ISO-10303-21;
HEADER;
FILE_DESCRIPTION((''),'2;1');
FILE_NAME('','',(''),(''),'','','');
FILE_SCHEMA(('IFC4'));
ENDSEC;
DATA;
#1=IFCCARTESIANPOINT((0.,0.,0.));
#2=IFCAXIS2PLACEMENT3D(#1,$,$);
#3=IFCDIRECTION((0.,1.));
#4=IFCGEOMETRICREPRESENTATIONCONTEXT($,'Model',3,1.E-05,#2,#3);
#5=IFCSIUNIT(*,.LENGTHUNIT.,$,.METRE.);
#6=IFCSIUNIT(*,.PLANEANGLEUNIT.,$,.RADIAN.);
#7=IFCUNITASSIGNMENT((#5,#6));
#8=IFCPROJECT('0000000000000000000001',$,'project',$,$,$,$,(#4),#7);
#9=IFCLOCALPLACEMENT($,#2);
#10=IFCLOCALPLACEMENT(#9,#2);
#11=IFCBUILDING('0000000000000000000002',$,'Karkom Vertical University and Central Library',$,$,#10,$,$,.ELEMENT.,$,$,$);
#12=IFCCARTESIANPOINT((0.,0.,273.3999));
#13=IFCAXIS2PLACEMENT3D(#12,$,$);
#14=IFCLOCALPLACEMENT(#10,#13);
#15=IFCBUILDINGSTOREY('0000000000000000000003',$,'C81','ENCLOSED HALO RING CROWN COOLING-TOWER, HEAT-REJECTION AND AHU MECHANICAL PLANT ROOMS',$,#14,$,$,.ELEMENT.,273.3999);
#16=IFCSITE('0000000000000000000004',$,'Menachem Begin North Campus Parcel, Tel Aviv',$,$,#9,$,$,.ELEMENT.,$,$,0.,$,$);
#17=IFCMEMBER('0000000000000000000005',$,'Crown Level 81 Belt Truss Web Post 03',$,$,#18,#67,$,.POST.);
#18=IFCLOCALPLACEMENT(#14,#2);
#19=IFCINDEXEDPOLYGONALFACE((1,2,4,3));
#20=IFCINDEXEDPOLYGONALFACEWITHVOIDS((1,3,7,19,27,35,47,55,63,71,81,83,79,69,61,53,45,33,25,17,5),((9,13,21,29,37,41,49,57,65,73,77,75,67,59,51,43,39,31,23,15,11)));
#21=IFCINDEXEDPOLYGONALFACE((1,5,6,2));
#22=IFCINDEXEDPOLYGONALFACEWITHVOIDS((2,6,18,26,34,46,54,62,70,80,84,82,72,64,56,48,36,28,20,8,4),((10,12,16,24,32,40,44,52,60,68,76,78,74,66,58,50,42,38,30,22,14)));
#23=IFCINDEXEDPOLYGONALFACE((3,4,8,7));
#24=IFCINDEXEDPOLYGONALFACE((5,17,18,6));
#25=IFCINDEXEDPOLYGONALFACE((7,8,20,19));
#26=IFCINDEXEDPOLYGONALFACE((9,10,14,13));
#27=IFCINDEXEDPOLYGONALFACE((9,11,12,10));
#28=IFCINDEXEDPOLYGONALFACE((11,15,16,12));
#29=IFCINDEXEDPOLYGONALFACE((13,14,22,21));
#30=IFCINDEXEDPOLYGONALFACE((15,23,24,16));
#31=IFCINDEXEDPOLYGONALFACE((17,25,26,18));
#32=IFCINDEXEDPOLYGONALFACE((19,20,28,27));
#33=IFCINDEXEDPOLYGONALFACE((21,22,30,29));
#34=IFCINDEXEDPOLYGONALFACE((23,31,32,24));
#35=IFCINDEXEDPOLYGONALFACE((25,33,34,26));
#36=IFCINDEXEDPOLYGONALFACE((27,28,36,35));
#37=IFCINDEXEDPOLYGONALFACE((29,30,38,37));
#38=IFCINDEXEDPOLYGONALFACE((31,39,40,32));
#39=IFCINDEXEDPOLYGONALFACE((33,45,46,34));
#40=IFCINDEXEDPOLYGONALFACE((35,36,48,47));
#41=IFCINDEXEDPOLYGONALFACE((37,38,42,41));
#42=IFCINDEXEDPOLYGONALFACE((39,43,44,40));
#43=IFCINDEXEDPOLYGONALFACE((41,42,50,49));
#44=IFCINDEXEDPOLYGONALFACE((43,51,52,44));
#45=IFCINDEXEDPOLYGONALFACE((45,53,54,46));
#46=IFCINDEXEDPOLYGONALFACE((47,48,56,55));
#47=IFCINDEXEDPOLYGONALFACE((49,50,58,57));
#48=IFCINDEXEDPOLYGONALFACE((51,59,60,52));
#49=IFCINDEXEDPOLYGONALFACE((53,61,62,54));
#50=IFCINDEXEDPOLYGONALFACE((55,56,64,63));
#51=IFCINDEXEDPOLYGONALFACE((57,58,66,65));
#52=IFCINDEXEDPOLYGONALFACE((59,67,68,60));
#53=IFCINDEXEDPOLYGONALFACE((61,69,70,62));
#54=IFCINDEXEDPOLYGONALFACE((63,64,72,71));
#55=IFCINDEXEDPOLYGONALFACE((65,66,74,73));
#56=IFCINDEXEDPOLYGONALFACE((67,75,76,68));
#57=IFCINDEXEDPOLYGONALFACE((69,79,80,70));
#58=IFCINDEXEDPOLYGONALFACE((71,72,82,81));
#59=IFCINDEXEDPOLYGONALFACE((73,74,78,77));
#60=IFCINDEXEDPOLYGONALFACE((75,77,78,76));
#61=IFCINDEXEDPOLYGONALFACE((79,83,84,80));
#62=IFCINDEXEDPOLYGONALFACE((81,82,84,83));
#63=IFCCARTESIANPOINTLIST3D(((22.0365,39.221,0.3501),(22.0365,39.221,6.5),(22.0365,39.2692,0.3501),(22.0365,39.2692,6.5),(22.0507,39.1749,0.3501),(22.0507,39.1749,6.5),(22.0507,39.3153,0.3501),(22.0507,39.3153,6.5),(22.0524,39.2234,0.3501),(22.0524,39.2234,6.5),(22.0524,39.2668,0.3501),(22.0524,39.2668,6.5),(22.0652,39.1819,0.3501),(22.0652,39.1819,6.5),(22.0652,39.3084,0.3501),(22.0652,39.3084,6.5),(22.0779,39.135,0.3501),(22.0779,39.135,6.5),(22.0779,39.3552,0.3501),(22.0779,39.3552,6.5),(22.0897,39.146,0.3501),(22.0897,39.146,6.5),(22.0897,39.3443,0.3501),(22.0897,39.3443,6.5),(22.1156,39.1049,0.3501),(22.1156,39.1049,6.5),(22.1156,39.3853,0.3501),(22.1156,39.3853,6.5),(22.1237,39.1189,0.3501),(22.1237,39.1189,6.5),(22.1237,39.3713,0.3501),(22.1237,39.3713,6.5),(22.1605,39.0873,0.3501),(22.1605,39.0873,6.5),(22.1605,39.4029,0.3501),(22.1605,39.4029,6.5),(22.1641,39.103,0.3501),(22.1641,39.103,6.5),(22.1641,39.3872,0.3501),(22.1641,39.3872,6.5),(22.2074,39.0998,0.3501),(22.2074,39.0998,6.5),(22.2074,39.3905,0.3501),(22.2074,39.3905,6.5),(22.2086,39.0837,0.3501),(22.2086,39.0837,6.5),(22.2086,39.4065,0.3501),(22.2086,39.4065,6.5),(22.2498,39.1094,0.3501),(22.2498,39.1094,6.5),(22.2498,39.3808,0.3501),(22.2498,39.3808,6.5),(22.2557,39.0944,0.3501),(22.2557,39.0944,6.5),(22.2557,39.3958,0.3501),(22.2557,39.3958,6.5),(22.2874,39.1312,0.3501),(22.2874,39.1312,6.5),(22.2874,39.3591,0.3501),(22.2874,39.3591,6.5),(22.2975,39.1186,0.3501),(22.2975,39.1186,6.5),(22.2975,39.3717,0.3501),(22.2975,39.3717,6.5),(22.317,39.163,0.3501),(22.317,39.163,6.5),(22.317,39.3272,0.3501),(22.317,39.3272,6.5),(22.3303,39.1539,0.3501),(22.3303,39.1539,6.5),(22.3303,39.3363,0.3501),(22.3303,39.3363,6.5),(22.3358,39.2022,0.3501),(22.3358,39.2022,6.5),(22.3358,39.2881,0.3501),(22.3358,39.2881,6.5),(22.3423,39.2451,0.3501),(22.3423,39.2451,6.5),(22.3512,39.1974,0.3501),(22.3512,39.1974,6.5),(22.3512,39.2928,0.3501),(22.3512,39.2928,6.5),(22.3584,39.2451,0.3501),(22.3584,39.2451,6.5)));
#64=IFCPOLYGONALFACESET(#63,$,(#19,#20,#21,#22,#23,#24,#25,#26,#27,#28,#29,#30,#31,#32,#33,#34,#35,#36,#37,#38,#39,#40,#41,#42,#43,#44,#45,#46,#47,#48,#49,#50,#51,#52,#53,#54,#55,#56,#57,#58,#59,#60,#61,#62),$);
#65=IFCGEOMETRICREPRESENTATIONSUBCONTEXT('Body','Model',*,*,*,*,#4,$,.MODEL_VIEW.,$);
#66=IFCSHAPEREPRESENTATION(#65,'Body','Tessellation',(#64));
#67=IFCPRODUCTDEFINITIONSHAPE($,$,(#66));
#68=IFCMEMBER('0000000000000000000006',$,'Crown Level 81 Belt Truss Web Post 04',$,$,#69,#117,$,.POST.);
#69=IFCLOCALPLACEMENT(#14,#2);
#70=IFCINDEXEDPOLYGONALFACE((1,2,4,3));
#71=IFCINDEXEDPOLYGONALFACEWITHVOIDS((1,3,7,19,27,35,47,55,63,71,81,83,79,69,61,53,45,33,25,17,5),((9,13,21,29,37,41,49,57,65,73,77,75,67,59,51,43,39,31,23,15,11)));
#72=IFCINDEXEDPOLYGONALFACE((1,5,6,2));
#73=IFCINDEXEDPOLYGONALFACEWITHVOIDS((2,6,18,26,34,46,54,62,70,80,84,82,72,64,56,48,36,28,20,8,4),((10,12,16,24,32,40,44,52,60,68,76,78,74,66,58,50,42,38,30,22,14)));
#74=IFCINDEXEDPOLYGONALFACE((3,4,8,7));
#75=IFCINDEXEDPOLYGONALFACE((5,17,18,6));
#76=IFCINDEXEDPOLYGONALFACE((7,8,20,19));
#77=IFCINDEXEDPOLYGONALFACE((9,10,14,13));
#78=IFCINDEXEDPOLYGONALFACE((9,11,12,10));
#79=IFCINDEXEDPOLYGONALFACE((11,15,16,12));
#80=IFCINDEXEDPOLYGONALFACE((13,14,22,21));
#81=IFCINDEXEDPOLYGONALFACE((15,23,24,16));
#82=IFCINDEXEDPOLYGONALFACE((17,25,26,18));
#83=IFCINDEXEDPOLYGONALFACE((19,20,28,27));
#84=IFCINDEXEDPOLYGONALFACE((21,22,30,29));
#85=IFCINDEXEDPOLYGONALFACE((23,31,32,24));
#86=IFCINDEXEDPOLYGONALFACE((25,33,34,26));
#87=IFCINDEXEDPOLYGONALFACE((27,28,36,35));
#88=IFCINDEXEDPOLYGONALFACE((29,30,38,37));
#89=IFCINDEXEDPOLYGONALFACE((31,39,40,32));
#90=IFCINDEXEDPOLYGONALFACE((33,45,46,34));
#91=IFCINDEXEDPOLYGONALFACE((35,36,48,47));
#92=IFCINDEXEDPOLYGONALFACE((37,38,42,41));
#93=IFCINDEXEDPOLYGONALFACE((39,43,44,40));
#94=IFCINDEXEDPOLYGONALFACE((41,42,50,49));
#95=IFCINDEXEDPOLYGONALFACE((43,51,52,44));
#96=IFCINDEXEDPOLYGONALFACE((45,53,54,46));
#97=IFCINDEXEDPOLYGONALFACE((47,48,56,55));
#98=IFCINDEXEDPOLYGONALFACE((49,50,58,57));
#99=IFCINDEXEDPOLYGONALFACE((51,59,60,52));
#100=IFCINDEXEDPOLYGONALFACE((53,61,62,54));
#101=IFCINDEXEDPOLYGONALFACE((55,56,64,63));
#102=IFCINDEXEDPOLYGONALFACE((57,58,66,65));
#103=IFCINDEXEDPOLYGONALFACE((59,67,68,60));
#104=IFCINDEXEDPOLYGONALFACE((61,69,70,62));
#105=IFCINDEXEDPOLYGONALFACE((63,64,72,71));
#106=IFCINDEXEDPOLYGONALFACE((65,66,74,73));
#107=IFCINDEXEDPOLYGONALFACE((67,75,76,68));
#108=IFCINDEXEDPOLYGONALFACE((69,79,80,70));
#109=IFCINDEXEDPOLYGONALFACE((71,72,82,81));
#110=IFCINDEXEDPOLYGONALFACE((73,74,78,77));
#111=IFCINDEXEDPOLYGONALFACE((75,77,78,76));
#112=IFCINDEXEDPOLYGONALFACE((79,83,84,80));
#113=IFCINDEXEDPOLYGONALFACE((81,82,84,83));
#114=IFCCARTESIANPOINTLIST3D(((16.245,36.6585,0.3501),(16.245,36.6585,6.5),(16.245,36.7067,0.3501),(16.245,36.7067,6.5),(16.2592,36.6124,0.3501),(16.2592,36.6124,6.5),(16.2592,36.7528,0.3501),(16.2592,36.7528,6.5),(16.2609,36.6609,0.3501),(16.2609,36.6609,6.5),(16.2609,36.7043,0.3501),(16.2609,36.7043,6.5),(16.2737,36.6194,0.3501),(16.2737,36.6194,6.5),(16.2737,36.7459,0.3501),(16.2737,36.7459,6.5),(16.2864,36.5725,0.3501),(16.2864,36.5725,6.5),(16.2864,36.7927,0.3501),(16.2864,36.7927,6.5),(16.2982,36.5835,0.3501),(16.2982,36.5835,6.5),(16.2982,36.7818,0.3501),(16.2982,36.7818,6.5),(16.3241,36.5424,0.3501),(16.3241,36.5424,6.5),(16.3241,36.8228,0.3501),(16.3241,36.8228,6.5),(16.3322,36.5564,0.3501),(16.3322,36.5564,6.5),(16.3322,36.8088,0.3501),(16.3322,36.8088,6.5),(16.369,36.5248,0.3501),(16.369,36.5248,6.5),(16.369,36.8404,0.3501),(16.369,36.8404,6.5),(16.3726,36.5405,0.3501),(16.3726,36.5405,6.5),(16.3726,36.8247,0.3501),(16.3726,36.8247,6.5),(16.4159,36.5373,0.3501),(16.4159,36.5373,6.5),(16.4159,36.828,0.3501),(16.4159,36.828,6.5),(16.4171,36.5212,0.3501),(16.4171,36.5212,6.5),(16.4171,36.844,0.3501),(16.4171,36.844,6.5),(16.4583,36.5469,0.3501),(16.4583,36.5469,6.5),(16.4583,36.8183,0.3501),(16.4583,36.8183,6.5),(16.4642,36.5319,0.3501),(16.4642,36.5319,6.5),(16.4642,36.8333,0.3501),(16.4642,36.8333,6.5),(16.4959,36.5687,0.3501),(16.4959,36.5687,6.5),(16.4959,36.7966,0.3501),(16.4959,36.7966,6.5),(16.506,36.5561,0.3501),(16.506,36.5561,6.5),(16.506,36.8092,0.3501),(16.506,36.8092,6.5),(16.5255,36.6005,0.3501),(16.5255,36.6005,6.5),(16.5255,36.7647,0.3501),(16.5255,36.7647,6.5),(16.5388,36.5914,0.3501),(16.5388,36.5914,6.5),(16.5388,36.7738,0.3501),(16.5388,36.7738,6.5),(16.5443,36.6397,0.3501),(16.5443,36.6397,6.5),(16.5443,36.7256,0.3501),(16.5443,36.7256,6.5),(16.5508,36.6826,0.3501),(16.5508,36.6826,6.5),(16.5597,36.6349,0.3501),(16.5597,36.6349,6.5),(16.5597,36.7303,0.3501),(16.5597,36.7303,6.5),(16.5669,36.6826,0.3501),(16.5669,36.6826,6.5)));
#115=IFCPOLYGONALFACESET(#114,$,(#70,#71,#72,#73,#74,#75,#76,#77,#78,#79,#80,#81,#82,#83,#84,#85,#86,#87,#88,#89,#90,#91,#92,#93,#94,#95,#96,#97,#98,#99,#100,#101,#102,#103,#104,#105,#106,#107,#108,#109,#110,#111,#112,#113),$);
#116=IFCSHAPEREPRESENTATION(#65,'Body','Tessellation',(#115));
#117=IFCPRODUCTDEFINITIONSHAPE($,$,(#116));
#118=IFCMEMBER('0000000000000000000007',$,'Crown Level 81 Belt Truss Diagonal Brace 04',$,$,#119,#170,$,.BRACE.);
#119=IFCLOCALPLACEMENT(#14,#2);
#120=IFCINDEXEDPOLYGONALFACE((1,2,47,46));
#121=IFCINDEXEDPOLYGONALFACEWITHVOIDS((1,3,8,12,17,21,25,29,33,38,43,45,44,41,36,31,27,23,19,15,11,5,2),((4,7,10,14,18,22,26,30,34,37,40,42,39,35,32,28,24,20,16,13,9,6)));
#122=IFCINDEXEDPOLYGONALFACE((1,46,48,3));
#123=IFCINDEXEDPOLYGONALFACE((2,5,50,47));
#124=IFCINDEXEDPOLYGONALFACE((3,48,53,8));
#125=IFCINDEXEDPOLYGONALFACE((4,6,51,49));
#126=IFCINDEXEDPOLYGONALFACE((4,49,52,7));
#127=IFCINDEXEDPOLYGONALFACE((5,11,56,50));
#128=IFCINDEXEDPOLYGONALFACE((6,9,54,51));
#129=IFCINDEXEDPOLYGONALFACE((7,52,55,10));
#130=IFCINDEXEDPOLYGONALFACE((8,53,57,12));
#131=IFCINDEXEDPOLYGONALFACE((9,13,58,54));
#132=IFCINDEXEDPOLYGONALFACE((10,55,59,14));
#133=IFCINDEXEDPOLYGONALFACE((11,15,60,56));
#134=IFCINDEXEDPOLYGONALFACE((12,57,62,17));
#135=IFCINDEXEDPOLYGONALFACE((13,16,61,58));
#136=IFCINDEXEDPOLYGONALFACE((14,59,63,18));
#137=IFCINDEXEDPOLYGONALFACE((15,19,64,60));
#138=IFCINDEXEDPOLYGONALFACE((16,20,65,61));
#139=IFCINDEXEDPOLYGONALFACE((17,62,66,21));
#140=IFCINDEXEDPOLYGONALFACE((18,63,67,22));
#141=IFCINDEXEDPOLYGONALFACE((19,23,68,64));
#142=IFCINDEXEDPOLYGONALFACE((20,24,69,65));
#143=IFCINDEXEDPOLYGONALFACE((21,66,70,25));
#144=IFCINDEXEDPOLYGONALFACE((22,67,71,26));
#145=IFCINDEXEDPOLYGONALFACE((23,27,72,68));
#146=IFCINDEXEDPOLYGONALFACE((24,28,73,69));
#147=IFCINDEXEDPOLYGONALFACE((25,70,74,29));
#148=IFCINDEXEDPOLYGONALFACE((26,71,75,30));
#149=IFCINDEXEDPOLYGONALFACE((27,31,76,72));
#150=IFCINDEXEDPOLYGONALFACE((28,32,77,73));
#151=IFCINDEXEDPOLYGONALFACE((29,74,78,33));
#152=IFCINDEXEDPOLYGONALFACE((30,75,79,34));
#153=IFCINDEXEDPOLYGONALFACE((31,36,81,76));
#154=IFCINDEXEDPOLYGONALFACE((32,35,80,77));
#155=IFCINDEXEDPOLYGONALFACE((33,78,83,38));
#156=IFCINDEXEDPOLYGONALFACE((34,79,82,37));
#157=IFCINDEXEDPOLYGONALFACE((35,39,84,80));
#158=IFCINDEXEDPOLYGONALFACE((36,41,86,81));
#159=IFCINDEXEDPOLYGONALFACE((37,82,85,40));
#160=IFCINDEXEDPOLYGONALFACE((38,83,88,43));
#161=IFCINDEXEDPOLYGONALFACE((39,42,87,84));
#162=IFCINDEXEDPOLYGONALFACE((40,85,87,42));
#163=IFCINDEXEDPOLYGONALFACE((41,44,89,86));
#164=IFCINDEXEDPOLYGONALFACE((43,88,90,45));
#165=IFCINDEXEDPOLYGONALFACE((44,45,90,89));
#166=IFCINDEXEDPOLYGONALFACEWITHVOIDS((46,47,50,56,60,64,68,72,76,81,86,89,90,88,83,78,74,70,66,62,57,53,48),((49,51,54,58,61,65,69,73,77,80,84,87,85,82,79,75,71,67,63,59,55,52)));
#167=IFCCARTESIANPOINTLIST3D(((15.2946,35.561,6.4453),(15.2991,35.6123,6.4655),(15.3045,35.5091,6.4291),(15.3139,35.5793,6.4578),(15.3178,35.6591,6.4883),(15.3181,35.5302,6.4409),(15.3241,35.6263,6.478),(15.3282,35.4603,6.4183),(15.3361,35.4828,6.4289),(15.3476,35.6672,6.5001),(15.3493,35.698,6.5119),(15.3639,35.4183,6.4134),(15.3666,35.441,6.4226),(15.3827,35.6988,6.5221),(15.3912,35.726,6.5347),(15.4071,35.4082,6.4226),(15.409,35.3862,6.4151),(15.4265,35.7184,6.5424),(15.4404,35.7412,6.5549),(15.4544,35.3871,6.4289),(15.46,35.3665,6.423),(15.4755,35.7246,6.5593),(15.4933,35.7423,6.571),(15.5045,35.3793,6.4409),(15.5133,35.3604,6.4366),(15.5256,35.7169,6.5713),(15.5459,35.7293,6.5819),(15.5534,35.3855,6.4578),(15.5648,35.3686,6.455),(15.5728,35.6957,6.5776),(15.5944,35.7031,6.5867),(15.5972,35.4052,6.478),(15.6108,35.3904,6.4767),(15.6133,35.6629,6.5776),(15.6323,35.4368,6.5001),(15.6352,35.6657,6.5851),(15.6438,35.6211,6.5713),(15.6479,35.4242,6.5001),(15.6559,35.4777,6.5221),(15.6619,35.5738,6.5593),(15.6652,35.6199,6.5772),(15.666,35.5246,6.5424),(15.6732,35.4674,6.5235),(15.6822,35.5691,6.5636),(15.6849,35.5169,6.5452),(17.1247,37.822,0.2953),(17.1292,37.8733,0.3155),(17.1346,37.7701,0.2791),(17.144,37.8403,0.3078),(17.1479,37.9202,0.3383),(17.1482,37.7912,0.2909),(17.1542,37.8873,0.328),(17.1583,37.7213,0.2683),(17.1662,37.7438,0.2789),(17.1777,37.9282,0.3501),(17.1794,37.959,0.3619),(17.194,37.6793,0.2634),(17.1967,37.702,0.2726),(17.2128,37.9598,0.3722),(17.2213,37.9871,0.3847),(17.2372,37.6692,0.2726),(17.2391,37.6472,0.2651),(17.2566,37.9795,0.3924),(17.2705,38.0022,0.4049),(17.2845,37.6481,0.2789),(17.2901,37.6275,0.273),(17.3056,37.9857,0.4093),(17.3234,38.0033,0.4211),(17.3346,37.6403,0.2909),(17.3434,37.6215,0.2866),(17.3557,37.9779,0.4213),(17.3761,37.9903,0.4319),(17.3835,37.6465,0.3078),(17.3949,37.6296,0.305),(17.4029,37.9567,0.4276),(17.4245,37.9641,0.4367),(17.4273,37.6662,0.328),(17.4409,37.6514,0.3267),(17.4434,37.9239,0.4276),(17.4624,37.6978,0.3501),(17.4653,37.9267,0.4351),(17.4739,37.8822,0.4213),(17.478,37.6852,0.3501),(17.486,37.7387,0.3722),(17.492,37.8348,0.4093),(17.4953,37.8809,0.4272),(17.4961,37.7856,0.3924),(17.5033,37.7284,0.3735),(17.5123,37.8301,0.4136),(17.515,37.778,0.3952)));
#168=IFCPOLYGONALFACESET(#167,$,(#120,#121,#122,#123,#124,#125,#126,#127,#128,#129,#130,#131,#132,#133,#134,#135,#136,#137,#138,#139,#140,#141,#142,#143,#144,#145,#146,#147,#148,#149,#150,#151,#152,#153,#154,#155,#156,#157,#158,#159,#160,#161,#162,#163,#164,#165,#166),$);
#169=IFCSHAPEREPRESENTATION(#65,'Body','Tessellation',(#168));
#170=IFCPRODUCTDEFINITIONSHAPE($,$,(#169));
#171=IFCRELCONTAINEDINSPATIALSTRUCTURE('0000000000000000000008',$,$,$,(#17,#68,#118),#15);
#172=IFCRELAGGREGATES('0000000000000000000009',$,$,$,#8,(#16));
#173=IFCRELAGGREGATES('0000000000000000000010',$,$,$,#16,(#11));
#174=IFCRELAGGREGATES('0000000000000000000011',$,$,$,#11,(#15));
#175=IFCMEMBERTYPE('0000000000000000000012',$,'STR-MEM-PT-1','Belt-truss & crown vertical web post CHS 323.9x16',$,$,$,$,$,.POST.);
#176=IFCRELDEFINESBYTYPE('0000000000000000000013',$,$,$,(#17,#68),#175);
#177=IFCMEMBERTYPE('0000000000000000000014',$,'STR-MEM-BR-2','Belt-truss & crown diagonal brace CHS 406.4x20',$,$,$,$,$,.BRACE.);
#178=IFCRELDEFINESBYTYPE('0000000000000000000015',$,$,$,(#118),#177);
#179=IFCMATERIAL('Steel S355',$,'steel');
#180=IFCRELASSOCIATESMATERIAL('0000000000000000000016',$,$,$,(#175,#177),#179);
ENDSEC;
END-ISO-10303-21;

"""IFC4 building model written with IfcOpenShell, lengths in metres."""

from ifc_helpers import new_model, si_unit, direction, frame, origin, origin_with_axes, origin_2d, place, context, subcontext, project, spatial, hollow_circle, extrude, source, transform, mapped, material, material_profile, profile_set, type_object, element, save


model = new_model("IFC4")

# Units and contexts
model_context = context("Model", 3, precision=1e-05, world=origin(), true_north=direction((0.0, 1.0)))
body_context = subcontext(model_context, "Body", "Model", "MODEL_VIEW")
ifc_project = project(units=[si_unit("LENGTHUNIT", "METRE"), si_unit("PLANEANGLEUNIT", "RADIAN")], contexts=[model_context])

# Site, building, storey
site_placement = place(None, origin())
site = spatial("IfcSite", under=ifc_project, at=site_placement, Name="Menachem Begin North Campus Parcel, Tel Aviv", CompositionType="ELEMENT", RefElevation=0.0)
building_placement = place(site_placement, origin())
building = spatial("IfcBuilding", under=site, at=building_placement, Name="Karkom Vertical University and Central Library", CompositionType="ELEMENT")
storey_placement = place(building_placement, frame((0.0, 0.0, 273.3999)))
storey = spatial("IfcBuildingStorey", under=building, at=storey_placement, Name="C81", Description="ENCLOSED HALO RING CROWN COOLING-TOWER, HEAT-REJECTION AND AHU MECHANICAL PLANT ROOMS", CompositionType="ELEMENT", Elevation=273.3999)

# Shared definitions
ifc_material_1 = material(Name="Steel S355", Category="steel")

# Members
ifc_material_profile_1 = material_profile(ifc_material_1, hollow_circle(Radius=0.1619, WallThickness=0.0161, at=origin_2d()), Name="CHS 323.9x16")
ifc_profile_set_1 = profile_set([ifc_material_profile_1], Name="Steel S355")
member_type_1 = type_object("IfcMemberType", Name="STR-MEM-PT-1", Description="Belt-truss & crown vertical web post CHS 323.9x16", PredefinedType="POST", material=ifc_profile_set_1)
shared_shape_1 = source(origin_with_axes(), body_context, "Body", "SweptSolid", [
    extrude(hollow_circle(Radius=0.1619, WallThickness=0.0161, at=origin_2d()), origin(), (0.0, 0.0, 1.0), 6.1499),
])
for number, where, z_axis, x_axis, name in (
    (1, (22.1965, 39.2451, 0.3501), (0.0, 0.0, 1.0), (1.0, 0.0, 0.0), "Crown Level 81 Belt Truss Web Post 03"),
    (2, (16.405, 36.6826, 0.3501), (0.0, 0.0, 1.0), (1.0, 0.0, 0.0), "Crown Level 81 Belt Truss Web Post 04"),
):
    element("IfcMember", number, at=place(storey_placement, frame(where, z_axis=z_axis, x_axis=x_axis)), inside=storey, type_object=member_type_1, Name=name, PredefinedType="POST", context=body_context, shape_type="MappedRepresentation", body=[
        mapped(shared_shape_1, transform((0.0, 0.0, 0.0), scale=1.0)),
    ])
ifc_material_profile_2 = material_profile(ifc_material_1, hollow_circle(Radius=0.2031, WallThickness=0.02, at=origin_2d()), Name="CHS 406.4x20")
ifc_profile_set_2 = profile_set([ifc_material_profile_2], Name="Steel S355")
member_type_2 = type_object("IfcMemberType", Name="STR-MEM-BR-2", Description="Belt-truss & crown diagonal brace CHS 406.4x20", PredefinedType="BRACE", material=ifc_profile_set_2)
shared_shape_2 = source(origin_with_axes(), body_context, "Body", "SweptSolid", [
    extrude(hollow_circle(Radius=0.2031, WallThickness=0.02, at=origin_2d()), origin(), (0.0, 0.0, 1.0), 6.8032),
])
member_1_placement = place(storey_placement, frame((17.3201, 37.813, 0.3501), z_axis=(-0.269005, -0.332345, 0.903982), x_axis=(0.777286, -0.629148, 0.0)))
element("IfcMember", 3, at=member_1_placement, inside=storey, type_object=member_type_2, Name="Crown Level 81 Belt Truss Diagonal Brace 04", PredefinedType="BRACE", context=body_context, shape_type="MappedRepresentation", body=[
    mapped(shared_shape_2, transform((0.0, 0.0, 0.0), scale=1.0)),
])

save(model, "model.ifc")
